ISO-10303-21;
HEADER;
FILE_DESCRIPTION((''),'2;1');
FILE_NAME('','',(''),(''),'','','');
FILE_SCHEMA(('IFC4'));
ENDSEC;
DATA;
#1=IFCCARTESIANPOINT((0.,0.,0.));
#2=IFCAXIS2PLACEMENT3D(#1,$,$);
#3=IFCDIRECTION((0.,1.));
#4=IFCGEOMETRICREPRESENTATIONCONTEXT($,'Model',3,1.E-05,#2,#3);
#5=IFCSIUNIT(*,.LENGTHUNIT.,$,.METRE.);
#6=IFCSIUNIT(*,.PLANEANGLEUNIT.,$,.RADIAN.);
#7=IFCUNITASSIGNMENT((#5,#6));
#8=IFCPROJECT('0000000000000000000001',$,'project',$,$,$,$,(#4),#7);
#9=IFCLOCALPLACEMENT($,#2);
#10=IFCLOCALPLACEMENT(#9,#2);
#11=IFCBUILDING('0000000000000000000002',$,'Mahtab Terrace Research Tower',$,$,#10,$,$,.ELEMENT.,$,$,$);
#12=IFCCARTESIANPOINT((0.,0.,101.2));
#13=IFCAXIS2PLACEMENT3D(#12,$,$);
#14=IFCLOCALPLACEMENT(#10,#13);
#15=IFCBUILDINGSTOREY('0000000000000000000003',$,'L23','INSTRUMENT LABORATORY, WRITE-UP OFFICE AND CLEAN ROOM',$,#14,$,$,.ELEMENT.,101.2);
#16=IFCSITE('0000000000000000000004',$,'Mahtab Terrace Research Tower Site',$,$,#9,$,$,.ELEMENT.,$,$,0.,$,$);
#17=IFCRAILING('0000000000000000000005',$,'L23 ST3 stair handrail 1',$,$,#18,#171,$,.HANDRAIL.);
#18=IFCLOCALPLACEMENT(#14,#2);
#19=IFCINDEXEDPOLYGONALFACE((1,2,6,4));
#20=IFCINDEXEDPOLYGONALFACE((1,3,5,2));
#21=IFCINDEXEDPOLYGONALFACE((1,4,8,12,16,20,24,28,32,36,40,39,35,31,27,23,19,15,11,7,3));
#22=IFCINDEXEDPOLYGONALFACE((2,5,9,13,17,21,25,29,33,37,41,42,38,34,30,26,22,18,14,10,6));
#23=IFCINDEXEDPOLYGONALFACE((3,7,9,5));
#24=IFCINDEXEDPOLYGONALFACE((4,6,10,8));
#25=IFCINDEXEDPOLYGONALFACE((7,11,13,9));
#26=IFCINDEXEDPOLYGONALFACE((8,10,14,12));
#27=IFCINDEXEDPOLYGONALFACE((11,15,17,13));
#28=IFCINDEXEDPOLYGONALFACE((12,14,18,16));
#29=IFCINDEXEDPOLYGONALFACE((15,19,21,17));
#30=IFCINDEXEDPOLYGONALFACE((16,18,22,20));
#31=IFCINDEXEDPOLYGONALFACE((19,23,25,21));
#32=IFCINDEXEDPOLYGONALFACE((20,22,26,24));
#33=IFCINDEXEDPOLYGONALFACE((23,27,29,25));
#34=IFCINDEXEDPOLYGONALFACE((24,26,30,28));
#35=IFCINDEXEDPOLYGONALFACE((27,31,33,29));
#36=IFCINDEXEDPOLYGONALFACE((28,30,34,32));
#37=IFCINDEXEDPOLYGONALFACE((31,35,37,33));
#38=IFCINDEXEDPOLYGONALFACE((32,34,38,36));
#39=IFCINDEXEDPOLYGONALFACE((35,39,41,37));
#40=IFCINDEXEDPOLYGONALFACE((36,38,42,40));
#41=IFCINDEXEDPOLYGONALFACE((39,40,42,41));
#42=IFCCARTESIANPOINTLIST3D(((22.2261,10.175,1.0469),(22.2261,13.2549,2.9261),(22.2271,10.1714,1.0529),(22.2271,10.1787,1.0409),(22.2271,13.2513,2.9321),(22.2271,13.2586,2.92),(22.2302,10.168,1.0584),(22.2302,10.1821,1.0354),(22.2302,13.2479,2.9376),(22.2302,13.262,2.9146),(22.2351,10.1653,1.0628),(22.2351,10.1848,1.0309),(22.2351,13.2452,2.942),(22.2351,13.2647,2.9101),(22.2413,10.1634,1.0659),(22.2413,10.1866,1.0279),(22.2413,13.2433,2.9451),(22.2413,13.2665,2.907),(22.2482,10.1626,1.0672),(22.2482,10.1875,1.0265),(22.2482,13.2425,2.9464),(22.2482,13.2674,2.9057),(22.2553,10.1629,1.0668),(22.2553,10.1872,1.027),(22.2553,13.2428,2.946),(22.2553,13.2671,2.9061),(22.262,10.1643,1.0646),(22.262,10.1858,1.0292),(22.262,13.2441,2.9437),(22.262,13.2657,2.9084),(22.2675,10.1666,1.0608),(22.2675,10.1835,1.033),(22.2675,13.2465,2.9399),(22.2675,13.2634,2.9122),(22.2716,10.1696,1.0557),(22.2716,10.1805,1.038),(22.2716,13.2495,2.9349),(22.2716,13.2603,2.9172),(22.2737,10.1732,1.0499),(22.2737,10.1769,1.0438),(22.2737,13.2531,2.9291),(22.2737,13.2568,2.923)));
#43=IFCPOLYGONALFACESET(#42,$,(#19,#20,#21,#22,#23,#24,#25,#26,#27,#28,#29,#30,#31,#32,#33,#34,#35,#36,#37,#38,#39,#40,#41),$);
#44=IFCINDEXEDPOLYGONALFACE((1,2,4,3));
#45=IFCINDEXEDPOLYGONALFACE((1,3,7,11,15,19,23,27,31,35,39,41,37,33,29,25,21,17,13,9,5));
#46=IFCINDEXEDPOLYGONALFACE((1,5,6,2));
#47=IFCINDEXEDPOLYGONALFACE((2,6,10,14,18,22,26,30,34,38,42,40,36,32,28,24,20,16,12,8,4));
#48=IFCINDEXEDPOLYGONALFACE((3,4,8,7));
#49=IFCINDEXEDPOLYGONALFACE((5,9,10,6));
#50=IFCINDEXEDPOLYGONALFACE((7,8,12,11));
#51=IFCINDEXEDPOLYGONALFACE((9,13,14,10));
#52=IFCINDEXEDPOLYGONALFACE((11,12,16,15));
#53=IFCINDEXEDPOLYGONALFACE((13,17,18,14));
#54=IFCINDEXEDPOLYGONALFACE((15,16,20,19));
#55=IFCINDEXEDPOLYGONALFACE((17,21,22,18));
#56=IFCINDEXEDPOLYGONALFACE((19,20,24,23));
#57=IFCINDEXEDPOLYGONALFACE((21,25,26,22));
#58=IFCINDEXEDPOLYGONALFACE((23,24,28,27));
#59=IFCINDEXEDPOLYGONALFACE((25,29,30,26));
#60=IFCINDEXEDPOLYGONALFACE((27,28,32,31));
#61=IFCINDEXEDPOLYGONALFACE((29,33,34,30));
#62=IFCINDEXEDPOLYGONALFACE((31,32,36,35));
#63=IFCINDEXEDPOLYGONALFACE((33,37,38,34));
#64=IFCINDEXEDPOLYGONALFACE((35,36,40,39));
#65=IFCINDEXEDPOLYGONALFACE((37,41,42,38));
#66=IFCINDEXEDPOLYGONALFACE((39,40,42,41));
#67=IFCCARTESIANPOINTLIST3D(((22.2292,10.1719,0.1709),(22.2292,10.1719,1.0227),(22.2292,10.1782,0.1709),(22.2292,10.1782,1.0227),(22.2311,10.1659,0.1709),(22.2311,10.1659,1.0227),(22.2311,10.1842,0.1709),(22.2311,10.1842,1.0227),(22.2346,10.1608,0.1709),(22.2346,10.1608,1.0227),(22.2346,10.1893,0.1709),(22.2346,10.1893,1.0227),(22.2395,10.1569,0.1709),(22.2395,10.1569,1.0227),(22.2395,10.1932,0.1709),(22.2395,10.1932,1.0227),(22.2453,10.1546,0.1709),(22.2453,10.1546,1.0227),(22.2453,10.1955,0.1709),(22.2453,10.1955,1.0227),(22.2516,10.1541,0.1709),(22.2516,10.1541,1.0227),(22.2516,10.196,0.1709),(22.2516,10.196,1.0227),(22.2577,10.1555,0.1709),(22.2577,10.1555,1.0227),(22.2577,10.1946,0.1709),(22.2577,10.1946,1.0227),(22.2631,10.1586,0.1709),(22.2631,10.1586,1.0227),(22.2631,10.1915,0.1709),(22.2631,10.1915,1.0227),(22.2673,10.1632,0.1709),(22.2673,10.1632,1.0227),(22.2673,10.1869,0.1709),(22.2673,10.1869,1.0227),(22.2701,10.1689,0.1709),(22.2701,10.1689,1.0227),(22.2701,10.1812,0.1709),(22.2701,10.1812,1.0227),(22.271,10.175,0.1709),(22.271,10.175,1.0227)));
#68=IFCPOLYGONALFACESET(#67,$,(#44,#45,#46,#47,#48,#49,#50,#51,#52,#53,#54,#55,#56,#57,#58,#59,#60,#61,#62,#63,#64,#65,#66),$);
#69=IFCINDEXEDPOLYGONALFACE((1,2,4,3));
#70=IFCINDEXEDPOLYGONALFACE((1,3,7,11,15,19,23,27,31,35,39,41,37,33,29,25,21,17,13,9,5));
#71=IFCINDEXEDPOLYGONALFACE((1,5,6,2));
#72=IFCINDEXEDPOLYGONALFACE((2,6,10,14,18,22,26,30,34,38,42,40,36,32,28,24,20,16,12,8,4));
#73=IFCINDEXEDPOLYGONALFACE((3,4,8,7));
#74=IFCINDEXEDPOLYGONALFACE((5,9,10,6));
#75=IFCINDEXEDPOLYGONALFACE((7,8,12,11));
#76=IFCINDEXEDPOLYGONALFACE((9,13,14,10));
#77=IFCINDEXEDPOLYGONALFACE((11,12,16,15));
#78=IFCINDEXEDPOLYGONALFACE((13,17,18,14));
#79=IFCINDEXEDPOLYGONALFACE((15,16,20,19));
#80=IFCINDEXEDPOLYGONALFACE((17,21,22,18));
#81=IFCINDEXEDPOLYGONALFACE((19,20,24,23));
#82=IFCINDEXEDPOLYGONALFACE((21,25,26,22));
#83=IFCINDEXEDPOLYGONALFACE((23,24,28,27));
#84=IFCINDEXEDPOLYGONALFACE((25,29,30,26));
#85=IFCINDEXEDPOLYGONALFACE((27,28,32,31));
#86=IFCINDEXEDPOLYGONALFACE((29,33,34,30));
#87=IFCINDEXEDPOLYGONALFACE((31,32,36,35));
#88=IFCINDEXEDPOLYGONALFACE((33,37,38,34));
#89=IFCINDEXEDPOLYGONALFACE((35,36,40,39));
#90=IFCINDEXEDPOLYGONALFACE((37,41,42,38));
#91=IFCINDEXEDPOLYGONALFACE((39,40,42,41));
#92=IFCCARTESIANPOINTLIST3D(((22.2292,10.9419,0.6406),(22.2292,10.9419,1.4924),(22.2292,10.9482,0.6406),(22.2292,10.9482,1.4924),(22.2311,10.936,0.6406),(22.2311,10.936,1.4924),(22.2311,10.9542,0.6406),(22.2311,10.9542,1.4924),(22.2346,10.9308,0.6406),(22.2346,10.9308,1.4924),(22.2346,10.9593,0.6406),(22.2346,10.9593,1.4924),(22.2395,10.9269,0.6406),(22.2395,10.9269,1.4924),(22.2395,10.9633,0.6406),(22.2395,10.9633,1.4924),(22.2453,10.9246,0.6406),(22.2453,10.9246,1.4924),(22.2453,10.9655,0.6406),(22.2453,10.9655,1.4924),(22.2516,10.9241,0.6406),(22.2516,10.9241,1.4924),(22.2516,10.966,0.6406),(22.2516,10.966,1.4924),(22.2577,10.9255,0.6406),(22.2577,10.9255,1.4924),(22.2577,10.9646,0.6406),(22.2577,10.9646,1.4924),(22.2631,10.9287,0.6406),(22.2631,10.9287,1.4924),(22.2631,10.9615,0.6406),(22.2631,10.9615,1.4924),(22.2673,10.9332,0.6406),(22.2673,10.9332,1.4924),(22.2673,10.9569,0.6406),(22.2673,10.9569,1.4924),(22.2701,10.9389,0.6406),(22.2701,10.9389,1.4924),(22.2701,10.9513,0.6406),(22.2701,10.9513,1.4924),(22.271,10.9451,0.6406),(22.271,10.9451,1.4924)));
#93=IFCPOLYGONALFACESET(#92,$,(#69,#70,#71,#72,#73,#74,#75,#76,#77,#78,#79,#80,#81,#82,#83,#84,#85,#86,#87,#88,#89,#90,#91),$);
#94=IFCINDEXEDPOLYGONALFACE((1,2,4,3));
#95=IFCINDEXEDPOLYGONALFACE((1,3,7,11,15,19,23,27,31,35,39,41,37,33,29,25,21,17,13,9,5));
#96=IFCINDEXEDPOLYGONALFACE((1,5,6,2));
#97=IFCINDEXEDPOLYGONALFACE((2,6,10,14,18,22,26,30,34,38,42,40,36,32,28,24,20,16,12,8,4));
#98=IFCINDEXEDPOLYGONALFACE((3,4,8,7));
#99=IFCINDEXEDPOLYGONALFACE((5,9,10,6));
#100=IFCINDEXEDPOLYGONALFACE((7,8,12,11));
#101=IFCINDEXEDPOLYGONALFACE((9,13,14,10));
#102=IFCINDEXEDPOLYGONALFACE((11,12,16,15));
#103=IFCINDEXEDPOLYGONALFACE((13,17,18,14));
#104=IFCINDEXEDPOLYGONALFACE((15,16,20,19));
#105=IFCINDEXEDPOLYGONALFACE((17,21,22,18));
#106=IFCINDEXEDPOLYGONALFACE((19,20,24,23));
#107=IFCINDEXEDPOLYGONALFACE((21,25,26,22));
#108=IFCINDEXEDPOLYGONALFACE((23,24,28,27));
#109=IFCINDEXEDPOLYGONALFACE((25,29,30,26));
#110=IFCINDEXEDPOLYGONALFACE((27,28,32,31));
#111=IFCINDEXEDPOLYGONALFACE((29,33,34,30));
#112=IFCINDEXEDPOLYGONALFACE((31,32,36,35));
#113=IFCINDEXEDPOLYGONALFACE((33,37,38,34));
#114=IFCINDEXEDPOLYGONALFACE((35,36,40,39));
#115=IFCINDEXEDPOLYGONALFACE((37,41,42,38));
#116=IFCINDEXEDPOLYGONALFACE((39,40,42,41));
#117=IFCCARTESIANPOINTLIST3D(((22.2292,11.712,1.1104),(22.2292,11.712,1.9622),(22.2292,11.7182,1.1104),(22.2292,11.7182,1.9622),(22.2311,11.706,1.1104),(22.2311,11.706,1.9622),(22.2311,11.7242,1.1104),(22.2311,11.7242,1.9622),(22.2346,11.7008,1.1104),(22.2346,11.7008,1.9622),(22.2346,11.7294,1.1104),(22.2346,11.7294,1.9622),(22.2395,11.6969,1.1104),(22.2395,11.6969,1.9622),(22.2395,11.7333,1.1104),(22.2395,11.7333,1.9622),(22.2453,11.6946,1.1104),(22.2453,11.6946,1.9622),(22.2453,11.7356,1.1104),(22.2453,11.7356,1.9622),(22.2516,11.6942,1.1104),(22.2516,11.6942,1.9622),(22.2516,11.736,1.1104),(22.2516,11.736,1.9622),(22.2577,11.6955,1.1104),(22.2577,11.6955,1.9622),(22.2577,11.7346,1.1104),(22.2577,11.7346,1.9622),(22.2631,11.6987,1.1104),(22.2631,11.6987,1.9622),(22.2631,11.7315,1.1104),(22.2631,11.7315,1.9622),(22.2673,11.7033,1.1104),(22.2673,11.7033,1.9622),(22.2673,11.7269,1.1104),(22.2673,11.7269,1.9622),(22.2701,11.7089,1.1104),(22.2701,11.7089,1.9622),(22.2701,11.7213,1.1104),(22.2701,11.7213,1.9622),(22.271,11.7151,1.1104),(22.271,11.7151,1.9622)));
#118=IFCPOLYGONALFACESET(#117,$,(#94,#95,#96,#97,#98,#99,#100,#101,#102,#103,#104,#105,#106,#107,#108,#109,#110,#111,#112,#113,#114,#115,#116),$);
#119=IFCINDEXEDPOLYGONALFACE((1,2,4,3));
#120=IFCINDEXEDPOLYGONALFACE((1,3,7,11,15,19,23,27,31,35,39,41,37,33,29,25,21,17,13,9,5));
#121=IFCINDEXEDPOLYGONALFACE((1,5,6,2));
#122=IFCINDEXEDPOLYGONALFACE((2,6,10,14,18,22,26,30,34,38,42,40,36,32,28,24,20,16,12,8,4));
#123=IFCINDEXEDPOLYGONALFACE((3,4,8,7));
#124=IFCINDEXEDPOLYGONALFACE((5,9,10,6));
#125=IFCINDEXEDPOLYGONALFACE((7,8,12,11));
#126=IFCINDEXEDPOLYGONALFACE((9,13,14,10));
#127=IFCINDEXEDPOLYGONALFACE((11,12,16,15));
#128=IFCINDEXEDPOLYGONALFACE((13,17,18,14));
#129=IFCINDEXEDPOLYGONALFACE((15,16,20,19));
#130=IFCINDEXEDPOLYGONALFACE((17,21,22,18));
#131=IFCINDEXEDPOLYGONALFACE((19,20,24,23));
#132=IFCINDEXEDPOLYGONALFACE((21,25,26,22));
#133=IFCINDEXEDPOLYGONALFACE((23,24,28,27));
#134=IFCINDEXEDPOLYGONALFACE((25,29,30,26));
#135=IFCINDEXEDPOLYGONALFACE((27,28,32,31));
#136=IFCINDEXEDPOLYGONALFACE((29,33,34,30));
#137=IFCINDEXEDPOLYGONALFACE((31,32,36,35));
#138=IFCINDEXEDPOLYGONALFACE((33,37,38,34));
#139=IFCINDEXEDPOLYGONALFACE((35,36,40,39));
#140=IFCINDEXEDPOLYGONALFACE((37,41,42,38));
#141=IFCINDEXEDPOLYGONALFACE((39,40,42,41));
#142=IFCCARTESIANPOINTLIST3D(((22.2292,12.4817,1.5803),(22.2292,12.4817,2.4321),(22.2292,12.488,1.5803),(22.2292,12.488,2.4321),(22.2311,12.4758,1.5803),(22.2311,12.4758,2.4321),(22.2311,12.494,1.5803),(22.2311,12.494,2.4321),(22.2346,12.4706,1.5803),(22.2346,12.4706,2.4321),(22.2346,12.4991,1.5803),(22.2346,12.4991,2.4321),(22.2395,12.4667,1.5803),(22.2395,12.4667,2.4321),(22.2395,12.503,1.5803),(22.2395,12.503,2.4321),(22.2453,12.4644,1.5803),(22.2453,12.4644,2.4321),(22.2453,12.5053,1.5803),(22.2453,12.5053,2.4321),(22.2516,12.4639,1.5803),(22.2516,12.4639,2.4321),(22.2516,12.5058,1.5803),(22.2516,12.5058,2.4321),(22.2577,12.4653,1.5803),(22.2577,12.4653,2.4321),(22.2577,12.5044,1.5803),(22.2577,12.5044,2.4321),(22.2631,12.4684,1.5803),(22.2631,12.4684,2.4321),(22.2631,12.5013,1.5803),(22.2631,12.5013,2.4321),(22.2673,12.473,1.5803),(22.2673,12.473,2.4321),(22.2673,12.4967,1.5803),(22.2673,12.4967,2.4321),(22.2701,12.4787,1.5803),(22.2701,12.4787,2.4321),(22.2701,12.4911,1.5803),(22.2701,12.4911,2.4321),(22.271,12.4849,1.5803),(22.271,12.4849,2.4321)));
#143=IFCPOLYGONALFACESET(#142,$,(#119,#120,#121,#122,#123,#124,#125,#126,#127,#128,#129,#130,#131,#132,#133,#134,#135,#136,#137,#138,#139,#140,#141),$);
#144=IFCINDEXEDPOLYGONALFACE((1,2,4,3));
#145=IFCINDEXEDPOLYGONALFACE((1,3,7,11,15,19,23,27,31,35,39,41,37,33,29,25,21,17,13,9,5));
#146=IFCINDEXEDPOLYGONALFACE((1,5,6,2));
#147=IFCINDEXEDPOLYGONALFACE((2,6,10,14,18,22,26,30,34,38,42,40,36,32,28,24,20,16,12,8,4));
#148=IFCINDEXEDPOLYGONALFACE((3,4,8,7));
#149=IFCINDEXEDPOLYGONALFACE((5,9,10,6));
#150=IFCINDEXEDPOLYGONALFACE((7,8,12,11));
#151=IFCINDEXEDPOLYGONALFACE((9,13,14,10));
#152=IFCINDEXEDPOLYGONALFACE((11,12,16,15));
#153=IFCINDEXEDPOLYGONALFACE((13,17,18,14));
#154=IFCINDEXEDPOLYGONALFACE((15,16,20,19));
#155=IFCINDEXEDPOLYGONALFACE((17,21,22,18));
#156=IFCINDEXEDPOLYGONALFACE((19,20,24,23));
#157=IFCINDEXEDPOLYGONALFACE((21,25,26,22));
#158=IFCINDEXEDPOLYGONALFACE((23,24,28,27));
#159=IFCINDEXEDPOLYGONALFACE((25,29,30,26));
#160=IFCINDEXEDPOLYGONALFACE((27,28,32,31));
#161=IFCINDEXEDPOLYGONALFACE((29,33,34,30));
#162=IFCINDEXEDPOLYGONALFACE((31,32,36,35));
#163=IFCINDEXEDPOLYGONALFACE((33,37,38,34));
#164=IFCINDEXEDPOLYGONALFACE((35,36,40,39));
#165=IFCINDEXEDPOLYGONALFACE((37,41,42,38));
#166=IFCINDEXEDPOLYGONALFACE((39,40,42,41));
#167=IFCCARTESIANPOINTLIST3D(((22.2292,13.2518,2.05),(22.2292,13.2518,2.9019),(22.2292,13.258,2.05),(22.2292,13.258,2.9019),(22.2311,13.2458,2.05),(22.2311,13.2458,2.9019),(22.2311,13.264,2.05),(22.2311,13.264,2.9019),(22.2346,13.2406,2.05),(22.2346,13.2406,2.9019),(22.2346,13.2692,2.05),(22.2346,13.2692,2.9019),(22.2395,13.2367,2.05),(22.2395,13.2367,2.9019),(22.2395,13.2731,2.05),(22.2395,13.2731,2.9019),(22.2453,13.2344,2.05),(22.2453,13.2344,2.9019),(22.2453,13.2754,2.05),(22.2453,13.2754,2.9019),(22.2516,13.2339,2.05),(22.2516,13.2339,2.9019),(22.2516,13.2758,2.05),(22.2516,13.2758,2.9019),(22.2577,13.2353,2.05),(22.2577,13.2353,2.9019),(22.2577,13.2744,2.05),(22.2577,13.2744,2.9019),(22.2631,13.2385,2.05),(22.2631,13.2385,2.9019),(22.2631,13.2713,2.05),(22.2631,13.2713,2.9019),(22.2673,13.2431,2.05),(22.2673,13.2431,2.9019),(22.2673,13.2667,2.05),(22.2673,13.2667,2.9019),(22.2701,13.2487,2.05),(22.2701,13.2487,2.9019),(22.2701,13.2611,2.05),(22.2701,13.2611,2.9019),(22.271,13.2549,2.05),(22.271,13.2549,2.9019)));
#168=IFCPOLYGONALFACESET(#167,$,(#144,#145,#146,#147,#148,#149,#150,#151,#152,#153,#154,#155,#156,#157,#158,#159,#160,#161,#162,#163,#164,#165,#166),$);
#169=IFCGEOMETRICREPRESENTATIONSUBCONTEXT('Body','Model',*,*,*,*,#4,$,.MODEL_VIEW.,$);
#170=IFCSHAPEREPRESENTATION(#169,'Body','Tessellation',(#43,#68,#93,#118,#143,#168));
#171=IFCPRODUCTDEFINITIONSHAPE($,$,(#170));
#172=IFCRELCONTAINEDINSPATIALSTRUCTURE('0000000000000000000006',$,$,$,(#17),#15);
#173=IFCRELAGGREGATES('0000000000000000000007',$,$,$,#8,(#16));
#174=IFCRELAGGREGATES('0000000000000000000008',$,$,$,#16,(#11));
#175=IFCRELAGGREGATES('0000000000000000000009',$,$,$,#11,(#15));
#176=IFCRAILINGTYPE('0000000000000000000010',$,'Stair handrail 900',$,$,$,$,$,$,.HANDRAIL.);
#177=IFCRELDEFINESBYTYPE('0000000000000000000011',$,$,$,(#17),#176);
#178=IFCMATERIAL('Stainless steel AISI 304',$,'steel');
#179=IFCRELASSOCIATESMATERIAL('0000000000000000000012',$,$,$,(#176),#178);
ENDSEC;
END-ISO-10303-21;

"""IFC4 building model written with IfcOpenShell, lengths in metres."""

from ifc_helpers import new_model, si_unit, direction, frame, origin, origin_2d, place, context, subcontext, project, spatial, circle, extrude, material, type_object, element, save


model = new_model("IFC4")

# Units and contexts
model_context = context("Model", 3, precision=1e-05, world=origin(), true_north=direction((0.0, 1.0)))
body_context = subcontext(model_context, "Body", "Model", "MODEL_VIEW")
ifc_project = project(units=[si_unit("LENGTHUNIT", "METRE"), si_unit("PLANEANGLEUNIT", "RADIAN")], contexts=[model_context])

# Site, building, storey
site_placement = place(None, origin())
site = spatial("IfcSite", under=ifc_project, at=site_placement, Name="Mahtab Terrace Research Tower Site", CompositionType="ELEMENT", RefElevation=0.0)
building_placement = place(site_placement, origin())
building = spatial("IfcBuilding", under=site, at=building_placement, Name="Mahtab Terrace Research Tower", CompositionType="ELEMENT")
storey_placement = place(building_placement, frame((0.0, 0.0, 101.2)))
storey = spatial("IfcBuildingStorey", under=building, at=storey_placement, Name="L23", Description="INSTRUMENT LABORATORY, WRITE-UP OFFICE AND CLEAN ROOM", CompositionType="ELEMENT", Elevation=101.2)

# Shared definitions
ifc_material_1 = material(Name="Stainless steel AISI 304", Category="steel")

# Railing
railing_type_1 = type_object("IfcRailingType", Name="Stair handrail 900", PredefinedType="HANDRAIL", material=ifc_material_1)
railing_1_placement = place(storey_placement, frame((22.25, 10.175, 0.1709)))
element("IfcRailing", 1, at=railing_1_placement, inside=storey, type_object=railing_type_1, Name="L23 ST3 stair handrail 1", PredefinedType="HANDRAIL", context=body_context, shape_type="SweptSolid", body=[
    extrude(circle(Radius=0.0239, at=origin_2d()), frame((0.0, 0.0, 0.876), z_axis=(0.0, 0.853648, 0.52085), x_axis=(-1.0, 0.0, 0.0)), (0.0, 0.0, 1.0), 3.6079),
    extrude(circle(Radius=0.021, at=origin_2d()), origin(), (0.0, 0.0, 1.0), 0.8518),
    extrude(circle(Radius=0.021, at=origin_2d()), frame((0.0, 0.77, 0.4697)), (0.0, 0.0, 1.0), 0.8518),
    extrude(circle(Radius=0.021, at=origin_2d()), frame((0.0, 1.54, 0.9395)), (0.0, 0.0, 1.0), 0.8518),
    extrude(circle(Radius=0.021, at=origin_2d()), frame((0.0, 2.3098, 1.4094)), (0.0, 0.0, 1.0), 0.8518),
    extrude(circle(Radius=0.021, at=origin_2d()), frame((0.0, 3.0798, 1.8792)), (0.0, 0.0, 1.0), 0.8518),
])

save(model, "model.ifc")
